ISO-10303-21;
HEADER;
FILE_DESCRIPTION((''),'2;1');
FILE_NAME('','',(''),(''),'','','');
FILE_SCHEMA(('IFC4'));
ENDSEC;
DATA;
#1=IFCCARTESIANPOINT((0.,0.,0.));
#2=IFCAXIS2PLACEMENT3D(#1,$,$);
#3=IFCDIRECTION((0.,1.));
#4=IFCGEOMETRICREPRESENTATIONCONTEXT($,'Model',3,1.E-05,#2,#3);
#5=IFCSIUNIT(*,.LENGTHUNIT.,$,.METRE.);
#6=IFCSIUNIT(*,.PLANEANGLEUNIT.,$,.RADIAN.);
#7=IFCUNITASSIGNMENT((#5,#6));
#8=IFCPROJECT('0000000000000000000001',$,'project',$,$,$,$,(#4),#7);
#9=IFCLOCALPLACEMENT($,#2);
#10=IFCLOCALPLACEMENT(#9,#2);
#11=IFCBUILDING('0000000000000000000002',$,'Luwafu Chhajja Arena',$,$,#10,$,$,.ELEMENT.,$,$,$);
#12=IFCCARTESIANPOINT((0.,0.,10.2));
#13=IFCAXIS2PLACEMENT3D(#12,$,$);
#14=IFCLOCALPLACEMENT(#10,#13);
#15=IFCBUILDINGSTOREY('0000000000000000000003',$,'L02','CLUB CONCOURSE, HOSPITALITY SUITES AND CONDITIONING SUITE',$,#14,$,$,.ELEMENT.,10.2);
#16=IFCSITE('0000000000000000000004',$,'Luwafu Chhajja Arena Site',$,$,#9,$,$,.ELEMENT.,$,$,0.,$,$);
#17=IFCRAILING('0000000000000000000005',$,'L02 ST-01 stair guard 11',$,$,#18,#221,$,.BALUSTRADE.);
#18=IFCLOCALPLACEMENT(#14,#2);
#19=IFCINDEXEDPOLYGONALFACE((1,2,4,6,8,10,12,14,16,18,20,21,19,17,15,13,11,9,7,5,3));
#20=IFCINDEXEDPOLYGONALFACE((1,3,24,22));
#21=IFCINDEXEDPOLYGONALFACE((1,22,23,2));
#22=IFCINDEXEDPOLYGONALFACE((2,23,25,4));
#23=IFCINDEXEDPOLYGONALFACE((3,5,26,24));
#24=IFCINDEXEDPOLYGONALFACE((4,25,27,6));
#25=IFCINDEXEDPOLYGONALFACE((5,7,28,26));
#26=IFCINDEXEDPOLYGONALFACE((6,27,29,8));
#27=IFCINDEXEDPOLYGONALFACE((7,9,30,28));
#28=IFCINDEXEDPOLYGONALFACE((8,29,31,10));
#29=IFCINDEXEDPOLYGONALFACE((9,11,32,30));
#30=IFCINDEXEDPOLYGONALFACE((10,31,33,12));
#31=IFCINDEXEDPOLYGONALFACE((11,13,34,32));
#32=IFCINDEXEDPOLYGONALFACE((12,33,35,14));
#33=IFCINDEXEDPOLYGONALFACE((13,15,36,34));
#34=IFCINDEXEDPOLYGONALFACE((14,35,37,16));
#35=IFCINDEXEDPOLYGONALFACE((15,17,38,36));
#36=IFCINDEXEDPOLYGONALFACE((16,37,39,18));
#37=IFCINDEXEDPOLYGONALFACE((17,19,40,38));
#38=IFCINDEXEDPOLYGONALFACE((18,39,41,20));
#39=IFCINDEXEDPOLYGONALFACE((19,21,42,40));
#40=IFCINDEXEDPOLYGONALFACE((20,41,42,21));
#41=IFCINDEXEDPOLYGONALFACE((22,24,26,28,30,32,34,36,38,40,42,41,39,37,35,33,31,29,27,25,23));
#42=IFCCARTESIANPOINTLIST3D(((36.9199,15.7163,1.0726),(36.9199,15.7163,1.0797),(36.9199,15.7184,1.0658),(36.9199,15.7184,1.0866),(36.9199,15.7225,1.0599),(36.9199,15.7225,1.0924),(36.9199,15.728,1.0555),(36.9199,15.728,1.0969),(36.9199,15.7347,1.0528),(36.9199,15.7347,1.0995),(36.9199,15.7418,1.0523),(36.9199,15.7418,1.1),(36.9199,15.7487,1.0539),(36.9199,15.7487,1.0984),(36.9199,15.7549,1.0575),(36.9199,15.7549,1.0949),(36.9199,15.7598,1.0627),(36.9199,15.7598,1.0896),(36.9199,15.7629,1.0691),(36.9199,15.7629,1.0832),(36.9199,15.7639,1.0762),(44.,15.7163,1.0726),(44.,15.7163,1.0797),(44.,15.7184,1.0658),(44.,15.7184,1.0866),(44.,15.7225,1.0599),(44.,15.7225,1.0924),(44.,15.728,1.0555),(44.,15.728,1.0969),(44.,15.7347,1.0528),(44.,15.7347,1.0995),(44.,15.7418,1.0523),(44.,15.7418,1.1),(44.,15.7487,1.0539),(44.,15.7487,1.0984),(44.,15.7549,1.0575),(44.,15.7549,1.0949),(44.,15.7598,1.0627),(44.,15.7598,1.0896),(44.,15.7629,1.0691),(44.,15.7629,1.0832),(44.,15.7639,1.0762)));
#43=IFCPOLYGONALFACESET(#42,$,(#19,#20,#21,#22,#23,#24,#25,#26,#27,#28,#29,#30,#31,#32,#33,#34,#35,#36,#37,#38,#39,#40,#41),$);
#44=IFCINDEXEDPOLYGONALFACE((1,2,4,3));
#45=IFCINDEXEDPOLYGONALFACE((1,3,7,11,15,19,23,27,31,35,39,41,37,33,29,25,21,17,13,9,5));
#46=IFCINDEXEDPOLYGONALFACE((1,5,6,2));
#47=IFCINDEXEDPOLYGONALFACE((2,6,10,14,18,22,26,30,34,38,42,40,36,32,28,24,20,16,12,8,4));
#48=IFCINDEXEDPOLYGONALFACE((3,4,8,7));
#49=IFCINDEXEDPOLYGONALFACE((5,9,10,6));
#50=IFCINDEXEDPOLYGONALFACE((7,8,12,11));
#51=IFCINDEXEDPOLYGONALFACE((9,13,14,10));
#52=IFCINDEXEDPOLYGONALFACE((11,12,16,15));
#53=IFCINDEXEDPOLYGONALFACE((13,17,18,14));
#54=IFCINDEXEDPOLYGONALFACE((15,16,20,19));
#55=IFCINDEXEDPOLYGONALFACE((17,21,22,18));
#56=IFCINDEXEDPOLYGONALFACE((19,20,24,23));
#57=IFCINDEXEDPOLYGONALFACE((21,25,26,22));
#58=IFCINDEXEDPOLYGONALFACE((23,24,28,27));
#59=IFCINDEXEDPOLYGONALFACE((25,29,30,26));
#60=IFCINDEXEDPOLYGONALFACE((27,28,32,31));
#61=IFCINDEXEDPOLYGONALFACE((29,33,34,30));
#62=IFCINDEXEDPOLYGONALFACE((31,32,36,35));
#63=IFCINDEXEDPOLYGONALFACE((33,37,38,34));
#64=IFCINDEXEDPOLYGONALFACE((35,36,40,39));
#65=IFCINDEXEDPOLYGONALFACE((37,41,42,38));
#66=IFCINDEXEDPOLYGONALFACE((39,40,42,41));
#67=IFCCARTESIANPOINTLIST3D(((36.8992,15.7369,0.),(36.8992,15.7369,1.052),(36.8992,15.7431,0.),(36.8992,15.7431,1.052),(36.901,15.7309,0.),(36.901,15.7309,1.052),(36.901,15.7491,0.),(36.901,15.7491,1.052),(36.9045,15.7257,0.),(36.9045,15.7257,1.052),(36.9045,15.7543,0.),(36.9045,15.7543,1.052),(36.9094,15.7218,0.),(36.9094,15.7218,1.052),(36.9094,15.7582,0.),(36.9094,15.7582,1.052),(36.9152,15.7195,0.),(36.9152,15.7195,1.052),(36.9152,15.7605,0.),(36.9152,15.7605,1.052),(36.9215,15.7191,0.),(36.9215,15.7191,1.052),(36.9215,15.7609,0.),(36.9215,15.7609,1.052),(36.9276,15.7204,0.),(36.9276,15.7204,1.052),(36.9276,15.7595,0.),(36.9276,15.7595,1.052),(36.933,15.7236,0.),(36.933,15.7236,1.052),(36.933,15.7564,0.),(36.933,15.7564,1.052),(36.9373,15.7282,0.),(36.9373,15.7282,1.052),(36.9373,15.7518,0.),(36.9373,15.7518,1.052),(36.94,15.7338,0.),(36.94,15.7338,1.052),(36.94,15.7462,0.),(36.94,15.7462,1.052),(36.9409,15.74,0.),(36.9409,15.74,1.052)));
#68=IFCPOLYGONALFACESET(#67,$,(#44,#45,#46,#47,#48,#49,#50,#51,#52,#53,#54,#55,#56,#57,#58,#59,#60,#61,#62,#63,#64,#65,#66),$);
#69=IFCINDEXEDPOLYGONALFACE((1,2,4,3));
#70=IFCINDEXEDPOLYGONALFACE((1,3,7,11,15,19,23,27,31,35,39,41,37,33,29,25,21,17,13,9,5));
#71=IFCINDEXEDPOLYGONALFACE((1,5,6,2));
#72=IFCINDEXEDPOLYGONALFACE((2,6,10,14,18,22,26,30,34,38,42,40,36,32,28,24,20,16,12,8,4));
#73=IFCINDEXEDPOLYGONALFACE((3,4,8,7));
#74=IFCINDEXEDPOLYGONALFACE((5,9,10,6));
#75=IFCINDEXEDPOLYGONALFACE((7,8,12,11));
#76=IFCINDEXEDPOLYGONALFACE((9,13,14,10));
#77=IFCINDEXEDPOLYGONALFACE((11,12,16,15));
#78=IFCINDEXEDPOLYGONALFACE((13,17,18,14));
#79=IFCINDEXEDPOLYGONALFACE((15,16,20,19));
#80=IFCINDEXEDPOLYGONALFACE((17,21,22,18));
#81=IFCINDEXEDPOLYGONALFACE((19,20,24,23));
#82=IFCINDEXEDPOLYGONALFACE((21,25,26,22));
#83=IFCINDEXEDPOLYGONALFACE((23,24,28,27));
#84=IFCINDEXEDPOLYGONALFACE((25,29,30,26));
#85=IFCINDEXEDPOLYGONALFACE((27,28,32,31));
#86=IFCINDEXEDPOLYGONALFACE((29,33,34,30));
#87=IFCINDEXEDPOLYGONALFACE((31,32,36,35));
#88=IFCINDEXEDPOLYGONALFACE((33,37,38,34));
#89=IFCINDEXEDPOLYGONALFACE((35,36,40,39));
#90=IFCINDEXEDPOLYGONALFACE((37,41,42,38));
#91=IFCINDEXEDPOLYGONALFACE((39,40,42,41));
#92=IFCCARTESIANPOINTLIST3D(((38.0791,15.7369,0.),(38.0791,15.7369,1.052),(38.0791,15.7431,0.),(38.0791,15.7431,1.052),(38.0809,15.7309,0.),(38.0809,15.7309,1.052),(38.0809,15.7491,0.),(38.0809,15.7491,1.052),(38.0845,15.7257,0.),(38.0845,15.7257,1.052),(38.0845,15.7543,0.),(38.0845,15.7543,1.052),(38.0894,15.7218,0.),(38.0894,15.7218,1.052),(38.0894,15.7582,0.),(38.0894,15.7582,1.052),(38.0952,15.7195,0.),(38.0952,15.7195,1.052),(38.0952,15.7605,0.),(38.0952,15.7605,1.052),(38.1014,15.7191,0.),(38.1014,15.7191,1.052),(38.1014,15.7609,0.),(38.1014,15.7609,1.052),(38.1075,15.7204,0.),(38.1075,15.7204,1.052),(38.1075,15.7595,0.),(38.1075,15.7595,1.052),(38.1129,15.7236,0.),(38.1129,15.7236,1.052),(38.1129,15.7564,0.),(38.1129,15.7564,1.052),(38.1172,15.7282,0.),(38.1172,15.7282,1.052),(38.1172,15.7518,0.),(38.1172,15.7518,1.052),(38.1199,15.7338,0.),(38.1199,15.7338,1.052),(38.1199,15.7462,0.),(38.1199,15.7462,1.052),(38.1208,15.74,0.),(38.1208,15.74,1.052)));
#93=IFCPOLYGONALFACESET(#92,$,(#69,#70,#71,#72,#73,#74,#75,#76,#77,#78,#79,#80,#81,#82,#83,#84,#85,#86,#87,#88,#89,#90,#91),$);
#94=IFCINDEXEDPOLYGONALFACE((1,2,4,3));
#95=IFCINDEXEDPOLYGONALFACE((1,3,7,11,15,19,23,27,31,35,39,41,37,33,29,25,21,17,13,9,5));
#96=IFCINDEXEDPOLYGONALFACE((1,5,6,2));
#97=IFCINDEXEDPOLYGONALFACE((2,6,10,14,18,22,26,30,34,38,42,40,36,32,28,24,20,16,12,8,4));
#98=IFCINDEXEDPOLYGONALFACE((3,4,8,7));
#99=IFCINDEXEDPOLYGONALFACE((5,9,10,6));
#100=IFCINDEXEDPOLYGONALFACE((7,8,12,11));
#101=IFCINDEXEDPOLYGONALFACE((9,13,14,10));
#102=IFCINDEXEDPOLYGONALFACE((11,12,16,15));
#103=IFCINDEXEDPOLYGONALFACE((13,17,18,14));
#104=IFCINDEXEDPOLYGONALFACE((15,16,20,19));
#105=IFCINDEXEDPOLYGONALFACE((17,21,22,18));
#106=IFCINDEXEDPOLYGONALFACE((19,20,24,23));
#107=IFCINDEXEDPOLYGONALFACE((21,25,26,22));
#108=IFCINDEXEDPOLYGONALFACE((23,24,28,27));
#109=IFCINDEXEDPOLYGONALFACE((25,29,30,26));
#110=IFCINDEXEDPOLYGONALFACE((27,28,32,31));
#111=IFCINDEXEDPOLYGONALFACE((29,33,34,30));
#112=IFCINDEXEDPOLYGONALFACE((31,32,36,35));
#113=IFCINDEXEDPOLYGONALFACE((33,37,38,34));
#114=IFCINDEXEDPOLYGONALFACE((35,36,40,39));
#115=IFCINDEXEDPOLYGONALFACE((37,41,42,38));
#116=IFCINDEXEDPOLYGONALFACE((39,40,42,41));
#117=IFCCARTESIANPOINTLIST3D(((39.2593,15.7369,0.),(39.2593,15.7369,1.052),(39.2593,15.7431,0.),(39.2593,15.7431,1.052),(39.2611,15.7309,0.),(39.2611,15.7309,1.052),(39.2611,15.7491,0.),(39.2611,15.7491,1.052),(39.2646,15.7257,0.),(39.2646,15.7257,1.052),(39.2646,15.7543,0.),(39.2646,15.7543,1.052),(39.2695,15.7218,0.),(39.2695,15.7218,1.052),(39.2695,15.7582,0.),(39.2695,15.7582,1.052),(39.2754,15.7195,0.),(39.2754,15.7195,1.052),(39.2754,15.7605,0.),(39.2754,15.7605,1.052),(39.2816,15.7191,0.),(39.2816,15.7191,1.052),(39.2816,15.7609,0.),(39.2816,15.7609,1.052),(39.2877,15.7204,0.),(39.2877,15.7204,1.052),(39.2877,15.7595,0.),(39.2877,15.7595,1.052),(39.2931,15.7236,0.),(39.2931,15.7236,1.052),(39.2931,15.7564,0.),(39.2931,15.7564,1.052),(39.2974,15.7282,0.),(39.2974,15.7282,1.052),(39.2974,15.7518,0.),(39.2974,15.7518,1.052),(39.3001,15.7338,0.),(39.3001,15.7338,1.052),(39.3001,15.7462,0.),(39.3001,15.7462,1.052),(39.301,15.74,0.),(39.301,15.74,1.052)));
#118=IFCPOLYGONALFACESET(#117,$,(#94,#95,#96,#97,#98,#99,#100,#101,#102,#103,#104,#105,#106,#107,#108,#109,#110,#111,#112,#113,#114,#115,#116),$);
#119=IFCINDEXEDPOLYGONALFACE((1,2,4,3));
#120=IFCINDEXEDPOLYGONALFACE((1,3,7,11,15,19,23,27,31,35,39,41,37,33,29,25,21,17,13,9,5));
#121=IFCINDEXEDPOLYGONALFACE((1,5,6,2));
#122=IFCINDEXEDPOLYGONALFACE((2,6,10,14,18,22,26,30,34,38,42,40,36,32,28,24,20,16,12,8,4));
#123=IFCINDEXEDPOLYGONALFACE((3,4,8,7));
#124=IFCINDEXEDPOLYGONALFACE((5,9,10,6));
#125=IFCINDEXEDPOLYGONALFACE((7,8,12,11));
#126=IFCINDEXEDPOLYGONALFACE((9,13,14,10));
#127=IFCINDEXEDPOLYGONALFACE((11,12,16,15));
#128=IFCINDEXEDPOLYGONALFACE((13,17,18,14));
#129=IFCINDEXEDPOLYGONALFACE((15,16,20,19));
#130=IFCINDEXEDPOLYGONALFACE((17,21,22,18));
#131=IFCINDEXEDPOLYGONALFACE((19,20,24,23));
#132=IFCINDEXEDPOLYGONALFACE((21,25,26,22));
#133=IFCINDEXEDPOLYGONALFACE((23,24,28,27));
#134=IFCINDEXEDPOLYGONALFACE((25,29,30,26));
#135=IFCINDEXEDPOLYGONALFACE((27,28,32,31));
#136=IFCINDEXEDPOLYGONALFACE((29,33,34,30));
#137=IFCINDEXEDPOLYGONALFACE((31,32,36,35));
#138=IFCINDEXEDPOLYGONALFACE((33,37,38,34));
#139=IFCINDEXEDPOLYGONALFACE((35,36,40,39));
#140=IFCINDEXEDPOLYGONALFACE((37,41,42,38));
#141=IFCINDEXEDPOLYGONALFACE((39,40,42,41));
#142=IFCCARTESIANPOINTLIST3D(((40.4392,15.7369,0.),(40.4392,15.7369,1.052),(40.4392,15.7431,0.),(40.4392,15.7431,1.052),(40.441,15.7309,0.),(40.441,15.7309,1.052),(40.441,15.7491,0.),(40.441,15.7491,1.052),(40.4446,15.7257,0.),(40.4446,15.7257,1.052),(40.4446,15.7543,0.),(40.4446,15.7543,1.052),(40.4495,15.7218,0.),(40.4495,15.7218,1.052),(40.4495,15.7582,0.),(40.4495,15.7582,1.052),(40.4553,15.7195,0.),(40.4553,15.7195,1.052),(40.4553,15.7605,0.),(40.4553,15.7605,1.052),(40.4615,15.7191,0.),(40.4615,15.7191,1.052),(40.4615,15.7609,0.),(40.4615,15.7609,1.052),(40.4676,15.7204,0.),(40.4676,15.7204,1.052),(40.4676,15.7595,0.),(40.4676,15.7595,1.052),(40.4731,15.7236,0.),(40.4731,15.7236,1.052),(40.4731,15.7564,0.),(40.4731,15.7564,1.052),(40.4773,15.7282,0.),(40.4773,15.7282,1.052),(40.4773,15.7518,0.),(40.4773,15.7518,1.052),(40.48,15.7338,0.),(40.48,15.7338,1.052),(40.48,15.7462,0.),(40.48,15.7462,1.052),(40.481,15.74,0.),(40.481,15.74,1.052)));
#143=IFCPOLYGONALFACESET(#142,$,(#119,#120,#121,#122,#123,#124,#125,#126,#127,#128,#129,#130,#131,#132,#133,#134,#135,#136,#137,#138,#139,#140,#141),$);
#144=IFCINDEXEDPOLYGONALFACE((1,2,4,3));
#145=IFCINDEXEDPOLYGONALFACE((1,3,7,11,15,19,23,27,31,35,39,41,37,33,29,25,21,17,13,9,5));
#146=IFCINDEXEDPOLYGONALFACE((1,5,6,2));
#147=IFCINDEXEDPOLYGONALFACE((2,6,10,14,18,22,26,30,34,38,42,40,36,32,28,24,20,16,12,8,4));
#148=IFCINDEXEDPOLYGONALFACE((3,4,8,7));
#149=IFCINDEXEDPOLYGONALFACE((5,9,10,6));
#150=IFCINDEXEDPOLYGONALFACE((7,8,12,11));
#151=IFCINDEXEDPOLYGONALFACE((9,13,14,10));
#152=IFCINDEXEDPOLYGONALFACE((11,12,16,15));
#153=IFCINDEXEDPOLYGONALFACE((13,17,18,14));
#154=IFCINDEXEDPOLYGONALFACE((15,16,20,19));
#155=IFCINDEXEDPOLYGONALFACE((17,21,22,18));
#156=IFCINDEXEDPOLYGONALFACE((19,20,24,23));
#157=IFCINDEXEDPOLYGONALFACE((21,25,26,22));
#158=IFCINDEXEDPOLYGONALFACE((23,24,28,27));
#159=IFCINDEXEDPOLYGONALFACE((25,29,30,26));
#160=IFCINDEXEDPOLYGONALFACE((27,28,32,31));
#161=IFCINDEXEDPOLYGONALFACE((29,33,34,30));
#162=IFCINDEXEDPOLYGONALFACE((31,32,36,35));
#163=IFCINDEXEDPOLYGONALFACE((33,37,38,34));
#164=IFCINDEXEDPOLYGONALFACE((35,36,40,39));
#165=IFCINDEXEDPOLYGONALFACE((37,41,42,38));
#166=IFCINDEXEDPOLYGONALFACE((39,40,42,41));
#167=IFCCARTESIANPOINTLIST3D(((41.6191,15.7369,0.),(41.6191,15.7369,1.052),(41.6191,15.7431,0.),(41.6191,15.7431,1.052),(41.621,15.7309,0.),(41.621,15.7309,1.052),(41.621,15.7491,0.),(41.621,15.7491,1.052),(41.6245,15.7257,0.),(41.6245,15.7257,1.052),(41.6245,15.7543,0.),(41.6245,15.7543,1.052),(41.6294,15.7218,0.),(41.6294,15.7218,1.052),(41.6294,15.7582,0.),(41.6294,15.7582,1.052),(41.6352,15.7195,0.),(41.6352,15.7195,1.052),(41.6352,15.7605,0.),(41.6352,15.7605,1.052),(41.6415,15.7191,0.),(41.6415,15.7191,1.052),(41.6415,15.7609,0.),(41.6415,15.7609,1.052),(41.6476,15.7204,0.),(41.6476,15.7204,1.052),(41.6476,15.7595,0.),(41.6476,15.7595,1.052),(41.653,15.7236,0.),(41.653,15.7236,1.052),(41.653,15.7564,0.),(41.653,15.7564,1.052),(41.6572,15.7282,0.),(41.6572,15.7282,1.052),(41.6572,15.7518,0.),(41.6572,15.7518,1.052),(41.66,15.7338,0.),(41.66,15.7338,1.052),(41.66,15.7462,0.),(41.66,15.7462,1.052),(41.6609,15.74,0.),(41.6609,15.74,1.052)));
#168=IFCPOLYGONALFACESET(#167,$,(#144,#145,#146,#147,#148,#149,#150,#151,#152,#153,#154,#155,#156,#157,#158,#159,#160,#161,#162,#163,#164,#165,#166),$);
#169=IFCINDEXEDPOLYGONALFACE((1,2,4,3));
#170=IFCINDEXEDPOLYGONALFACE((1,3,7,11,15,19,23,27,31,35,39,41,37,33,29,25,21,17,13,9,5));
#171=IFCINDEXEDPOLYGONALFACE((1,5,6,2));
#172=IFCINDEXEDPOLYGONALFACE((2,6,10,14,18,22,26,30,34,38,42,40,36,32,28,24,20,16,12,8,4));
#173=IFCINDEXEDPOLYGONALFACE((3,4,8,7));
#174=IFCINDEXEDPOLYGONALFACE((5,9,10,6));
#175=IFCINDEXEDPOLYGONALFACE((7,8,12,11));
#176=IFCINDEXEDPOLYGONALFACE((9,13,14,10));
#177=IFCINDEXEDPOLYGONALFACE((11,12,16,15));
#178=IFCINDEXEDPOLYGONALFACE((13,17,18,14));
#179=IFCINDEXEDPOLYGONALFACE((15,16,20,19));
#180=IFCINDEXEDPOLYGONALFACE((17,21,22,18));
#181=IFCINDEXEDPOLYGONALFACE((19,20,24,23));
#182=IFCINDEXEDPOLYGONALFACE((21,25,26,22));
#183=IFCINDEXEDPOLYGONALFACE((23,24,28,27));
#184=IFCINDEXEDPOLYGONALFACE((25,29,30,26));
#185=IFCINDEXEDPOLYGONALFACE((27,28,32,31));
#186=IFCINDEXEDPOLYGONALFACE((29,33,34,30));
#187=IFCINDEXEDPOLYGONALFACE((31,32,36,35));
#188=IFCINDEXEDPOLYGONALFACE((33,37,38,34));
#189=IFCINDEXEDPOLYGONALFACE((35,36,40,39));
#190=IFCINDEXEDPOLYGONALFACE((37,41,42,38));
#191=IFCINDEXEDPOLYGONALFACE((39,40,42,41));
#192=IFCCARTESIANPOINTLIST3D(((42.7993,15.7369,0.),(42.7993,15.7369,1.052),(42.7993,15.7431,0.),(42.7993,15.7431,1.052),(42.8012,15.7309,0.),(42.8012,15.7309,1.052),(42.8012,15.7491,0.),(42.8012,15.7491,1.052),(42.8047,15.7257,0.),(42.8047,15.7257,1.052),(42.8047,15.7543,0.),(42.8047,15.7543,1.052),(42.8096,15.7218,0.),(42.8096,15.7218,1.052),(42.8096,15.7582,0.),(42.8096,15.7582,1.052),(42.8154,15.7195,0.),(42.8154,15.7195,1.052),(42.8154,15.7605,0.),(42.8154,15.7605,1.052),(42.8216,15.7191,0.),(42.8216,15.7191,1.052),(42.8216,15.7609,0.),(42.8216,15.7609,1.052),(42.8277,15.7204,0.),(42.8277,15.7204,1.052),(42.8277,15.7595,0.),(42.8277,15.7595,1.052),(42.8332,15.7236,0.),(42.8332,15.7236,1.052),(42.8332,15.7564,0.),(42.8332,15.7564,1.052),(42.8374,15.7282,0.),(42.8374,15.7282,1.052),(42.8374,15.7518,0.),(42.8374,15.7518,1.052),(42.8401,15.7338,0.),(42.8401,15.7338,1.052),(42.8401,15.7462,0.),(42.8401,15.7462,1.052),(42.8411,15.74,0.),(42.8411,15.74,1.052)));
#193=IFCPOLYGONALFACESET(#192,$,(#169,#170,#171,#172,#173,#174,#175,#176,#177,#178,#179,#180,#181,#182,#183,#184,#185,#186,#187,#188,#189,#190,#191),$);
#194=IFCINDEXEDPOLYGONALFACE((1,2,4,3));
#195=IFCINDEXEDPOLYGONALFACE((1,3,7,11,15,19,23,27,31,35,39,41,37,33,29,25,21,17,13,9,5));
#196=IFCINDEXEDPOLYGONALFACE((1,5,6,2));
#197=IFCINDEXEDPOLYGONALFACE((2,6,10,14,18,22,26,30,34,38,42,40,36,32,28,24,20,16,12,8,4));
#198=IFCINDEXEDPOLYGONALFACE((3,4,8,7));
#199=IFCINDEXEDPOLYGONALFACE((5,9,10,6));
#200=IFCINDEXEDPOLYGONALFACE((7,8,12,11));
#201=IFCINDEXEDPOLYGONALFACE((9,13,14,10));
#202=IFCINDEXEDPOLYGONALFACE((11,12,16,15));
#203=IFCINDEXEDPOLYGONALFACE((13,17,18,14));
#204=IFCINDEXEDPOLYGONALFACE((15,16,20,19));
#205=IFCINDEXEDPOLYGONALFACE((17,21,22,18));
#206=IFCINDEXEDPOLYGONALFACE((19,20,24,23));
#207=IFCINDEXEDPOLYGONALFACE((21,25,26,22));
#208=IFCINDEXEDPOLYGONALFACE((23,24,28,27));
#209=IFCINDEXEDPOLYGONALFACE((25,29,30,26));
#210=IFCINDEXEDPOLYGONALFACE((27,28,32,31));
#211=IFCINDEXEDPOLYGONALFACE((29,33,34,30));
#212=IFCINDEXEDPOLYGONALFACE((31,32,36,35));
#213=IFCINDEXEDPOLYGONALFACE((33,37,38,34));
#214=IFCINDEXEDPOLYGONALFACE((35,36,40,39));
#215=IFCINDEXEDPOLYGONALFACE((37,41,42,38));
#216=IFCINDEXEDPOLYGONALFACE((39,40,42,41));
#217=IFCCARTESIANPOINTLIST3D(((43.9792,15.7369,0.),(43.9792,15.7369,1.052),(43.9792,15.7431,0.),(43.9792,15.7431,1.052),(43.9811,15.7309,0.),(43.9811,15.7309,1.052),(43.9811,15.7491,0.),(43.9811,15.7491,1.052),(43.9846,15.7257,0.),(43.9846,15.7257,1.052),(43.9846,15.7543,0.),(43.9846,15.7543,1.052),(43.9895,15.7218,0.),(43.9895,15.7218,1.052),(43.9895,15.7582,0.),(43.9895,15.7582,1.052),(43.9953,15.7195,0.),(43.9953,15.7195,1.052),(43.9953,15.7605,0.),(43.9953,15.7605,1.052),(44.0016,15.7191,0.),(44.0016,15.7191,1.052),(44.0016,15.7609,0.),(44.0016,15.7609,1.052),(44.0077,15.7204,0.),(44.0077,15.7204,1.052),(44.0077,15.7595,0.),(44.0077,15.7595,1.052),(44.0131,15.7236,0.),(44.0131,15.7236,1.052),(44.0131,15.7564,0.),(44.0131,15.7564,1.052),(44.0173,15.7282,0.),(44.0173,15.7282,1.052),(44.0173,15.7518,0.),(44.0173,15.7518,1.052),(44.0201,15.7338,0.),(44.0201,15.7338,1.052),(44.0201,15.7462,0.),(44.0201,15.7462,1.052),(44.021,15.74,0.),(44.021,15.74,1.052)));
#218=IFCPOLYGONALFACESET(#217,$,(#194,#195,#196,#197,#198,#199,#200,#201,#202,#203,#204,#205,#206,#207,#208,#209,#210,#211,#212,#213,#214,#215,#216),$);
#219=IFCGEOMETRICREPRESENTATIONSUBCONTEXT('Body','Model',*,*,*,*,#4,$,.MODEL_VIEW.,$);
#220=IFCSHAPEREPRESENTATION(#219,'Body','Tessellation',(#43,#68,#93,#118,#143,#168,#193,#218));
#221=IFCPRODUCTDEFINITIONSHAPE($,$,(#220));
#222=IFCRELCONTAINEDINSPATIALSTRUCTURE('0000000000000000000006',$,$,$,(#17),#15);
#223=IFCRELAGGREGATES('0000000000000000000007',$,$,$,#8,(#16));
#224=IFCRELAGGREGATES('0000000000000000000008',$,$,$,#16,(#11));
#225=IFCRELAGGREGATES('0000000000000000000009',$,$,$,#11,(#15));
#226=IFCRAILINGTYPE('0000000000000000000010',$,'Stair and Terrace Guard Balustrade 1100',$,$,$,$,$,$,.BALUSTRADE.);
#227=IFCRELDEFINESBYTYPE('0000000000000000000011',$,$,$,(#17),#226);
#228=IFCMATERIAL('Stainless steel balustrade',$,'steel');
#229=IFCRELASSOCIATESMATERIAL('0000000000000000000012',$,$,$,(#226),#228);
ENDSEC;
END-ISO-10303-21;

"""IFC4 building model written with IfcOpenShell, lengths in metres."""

from ifc_helpers import new_model, si_unit, direction, frame, origin, origin_2d, place, context, subcontext, project, spatial, circle, extrude, material, type_object, element, save


model = new_model("IFC4")

# Units and contexts
model_context = context("Model", 3, precision=1e-05, world=origin(), true_north=direction((0.0, 1.0)))
body_context = subcontext(model_context, "Body", "Model", "MODEL_VIEW")
ifc_project = project(units=[si_unit("LENGTHUNIT", "METRE"), si_unit("PLANEANGLEUNIT", "RADIAN")], contexts=[model_context])

# Site, building, storey
site_placement = place(None, origin())
site = spatial("IfcSite", under=ifc_project, at=site_placement, Name="Luwafu Chhajja Arena Site", CompositionType="ELEMENT", RefElevation=0.0)
building_placement = place(site_placement, origin())
building = spatial("IfcBuilding", under=site, at=building_placement, Name="Luwafu Chhajja Arena", CompositionType="ELEMENT")
storey_placement = place(building_placement, frame((0.0, 0.0, 10.2)))
storey = spatial("IfcBuildingStorey", under=building, at=storey_placement, Name="L02", Description="CLUB CONCOURSE, HOSPITALITY SUITES AND CONDITIONING SUITE", CompositionType="ELEMENT", Elevation=10.2)

# Railing
ifc_material_1 = material(Name="Stainless steel balustrade", Category="steel")
railing_type = type_object("IfcRailingType", Name="Stair and Terrace Guard Balustrade 1100", PredefinedType="BALUSTRADE", material=ifc_material_1)
railing_1_placement = place(storey_placement, frame((36.9199, 15.74, 0.0)))
element("IfcRailing", 1, at=railing_1_placement, inside=storey, type_object=railing_type, Name="L02 ST-01 stair guard 11", PredefinedType="BALUSTRADE", context=body_context, shape_type="SweptSolid", body=[
    extrude(circle(Radius=0.0239, at=origin_2d()), frame((0.0, 0.0, 1.0762), z_axis=(1.0, 0.0, 0.0), x_axis=(0.0, 1.0, 0.0)), (0.0, 0.0, 1.0), 7.0801),
    extrude(circle(Radius=0.021, at=origin_2d()), origin(), (0.0, 0.0, 1.0), 1.052),
    extrude(circle(Radius=0.021, at=origin_2d()), frame((1.1799, 0.0, 0.0)), (0.0, 0.0, 1.0), 1.052),
    extrude(circle(Radius=0.021, at=origin_2d()), frame((2.3601, 0.0, 0.0)), (0.0, 0.0, 1.0), 1.052),
    extrude(circle(Radius=0.021, at=origin_2d()), frame((3.54, 0.0, 0.0)), (0.0, 0.0, 1.0), 1.052),
    extrude(circle(Radius=0.021, at=origin_2d()), frame((4.72, 0.0, 0.0)), (0.0, 0.0, 1.0), 1.052),
    extrude(circle(Radius=0.021, at=origin_2d()), frame((5.9001, 0.0, 0.0)), (0.0, 0.0, 1.0), 1.052),
    extrude(circle(Radius=0.021, at=origin_2d()), frame((7.0801, 0.0, 0.0)), (0.0, 0.0, 1.0), 1.052),
])

save(model, "model.ifc")
